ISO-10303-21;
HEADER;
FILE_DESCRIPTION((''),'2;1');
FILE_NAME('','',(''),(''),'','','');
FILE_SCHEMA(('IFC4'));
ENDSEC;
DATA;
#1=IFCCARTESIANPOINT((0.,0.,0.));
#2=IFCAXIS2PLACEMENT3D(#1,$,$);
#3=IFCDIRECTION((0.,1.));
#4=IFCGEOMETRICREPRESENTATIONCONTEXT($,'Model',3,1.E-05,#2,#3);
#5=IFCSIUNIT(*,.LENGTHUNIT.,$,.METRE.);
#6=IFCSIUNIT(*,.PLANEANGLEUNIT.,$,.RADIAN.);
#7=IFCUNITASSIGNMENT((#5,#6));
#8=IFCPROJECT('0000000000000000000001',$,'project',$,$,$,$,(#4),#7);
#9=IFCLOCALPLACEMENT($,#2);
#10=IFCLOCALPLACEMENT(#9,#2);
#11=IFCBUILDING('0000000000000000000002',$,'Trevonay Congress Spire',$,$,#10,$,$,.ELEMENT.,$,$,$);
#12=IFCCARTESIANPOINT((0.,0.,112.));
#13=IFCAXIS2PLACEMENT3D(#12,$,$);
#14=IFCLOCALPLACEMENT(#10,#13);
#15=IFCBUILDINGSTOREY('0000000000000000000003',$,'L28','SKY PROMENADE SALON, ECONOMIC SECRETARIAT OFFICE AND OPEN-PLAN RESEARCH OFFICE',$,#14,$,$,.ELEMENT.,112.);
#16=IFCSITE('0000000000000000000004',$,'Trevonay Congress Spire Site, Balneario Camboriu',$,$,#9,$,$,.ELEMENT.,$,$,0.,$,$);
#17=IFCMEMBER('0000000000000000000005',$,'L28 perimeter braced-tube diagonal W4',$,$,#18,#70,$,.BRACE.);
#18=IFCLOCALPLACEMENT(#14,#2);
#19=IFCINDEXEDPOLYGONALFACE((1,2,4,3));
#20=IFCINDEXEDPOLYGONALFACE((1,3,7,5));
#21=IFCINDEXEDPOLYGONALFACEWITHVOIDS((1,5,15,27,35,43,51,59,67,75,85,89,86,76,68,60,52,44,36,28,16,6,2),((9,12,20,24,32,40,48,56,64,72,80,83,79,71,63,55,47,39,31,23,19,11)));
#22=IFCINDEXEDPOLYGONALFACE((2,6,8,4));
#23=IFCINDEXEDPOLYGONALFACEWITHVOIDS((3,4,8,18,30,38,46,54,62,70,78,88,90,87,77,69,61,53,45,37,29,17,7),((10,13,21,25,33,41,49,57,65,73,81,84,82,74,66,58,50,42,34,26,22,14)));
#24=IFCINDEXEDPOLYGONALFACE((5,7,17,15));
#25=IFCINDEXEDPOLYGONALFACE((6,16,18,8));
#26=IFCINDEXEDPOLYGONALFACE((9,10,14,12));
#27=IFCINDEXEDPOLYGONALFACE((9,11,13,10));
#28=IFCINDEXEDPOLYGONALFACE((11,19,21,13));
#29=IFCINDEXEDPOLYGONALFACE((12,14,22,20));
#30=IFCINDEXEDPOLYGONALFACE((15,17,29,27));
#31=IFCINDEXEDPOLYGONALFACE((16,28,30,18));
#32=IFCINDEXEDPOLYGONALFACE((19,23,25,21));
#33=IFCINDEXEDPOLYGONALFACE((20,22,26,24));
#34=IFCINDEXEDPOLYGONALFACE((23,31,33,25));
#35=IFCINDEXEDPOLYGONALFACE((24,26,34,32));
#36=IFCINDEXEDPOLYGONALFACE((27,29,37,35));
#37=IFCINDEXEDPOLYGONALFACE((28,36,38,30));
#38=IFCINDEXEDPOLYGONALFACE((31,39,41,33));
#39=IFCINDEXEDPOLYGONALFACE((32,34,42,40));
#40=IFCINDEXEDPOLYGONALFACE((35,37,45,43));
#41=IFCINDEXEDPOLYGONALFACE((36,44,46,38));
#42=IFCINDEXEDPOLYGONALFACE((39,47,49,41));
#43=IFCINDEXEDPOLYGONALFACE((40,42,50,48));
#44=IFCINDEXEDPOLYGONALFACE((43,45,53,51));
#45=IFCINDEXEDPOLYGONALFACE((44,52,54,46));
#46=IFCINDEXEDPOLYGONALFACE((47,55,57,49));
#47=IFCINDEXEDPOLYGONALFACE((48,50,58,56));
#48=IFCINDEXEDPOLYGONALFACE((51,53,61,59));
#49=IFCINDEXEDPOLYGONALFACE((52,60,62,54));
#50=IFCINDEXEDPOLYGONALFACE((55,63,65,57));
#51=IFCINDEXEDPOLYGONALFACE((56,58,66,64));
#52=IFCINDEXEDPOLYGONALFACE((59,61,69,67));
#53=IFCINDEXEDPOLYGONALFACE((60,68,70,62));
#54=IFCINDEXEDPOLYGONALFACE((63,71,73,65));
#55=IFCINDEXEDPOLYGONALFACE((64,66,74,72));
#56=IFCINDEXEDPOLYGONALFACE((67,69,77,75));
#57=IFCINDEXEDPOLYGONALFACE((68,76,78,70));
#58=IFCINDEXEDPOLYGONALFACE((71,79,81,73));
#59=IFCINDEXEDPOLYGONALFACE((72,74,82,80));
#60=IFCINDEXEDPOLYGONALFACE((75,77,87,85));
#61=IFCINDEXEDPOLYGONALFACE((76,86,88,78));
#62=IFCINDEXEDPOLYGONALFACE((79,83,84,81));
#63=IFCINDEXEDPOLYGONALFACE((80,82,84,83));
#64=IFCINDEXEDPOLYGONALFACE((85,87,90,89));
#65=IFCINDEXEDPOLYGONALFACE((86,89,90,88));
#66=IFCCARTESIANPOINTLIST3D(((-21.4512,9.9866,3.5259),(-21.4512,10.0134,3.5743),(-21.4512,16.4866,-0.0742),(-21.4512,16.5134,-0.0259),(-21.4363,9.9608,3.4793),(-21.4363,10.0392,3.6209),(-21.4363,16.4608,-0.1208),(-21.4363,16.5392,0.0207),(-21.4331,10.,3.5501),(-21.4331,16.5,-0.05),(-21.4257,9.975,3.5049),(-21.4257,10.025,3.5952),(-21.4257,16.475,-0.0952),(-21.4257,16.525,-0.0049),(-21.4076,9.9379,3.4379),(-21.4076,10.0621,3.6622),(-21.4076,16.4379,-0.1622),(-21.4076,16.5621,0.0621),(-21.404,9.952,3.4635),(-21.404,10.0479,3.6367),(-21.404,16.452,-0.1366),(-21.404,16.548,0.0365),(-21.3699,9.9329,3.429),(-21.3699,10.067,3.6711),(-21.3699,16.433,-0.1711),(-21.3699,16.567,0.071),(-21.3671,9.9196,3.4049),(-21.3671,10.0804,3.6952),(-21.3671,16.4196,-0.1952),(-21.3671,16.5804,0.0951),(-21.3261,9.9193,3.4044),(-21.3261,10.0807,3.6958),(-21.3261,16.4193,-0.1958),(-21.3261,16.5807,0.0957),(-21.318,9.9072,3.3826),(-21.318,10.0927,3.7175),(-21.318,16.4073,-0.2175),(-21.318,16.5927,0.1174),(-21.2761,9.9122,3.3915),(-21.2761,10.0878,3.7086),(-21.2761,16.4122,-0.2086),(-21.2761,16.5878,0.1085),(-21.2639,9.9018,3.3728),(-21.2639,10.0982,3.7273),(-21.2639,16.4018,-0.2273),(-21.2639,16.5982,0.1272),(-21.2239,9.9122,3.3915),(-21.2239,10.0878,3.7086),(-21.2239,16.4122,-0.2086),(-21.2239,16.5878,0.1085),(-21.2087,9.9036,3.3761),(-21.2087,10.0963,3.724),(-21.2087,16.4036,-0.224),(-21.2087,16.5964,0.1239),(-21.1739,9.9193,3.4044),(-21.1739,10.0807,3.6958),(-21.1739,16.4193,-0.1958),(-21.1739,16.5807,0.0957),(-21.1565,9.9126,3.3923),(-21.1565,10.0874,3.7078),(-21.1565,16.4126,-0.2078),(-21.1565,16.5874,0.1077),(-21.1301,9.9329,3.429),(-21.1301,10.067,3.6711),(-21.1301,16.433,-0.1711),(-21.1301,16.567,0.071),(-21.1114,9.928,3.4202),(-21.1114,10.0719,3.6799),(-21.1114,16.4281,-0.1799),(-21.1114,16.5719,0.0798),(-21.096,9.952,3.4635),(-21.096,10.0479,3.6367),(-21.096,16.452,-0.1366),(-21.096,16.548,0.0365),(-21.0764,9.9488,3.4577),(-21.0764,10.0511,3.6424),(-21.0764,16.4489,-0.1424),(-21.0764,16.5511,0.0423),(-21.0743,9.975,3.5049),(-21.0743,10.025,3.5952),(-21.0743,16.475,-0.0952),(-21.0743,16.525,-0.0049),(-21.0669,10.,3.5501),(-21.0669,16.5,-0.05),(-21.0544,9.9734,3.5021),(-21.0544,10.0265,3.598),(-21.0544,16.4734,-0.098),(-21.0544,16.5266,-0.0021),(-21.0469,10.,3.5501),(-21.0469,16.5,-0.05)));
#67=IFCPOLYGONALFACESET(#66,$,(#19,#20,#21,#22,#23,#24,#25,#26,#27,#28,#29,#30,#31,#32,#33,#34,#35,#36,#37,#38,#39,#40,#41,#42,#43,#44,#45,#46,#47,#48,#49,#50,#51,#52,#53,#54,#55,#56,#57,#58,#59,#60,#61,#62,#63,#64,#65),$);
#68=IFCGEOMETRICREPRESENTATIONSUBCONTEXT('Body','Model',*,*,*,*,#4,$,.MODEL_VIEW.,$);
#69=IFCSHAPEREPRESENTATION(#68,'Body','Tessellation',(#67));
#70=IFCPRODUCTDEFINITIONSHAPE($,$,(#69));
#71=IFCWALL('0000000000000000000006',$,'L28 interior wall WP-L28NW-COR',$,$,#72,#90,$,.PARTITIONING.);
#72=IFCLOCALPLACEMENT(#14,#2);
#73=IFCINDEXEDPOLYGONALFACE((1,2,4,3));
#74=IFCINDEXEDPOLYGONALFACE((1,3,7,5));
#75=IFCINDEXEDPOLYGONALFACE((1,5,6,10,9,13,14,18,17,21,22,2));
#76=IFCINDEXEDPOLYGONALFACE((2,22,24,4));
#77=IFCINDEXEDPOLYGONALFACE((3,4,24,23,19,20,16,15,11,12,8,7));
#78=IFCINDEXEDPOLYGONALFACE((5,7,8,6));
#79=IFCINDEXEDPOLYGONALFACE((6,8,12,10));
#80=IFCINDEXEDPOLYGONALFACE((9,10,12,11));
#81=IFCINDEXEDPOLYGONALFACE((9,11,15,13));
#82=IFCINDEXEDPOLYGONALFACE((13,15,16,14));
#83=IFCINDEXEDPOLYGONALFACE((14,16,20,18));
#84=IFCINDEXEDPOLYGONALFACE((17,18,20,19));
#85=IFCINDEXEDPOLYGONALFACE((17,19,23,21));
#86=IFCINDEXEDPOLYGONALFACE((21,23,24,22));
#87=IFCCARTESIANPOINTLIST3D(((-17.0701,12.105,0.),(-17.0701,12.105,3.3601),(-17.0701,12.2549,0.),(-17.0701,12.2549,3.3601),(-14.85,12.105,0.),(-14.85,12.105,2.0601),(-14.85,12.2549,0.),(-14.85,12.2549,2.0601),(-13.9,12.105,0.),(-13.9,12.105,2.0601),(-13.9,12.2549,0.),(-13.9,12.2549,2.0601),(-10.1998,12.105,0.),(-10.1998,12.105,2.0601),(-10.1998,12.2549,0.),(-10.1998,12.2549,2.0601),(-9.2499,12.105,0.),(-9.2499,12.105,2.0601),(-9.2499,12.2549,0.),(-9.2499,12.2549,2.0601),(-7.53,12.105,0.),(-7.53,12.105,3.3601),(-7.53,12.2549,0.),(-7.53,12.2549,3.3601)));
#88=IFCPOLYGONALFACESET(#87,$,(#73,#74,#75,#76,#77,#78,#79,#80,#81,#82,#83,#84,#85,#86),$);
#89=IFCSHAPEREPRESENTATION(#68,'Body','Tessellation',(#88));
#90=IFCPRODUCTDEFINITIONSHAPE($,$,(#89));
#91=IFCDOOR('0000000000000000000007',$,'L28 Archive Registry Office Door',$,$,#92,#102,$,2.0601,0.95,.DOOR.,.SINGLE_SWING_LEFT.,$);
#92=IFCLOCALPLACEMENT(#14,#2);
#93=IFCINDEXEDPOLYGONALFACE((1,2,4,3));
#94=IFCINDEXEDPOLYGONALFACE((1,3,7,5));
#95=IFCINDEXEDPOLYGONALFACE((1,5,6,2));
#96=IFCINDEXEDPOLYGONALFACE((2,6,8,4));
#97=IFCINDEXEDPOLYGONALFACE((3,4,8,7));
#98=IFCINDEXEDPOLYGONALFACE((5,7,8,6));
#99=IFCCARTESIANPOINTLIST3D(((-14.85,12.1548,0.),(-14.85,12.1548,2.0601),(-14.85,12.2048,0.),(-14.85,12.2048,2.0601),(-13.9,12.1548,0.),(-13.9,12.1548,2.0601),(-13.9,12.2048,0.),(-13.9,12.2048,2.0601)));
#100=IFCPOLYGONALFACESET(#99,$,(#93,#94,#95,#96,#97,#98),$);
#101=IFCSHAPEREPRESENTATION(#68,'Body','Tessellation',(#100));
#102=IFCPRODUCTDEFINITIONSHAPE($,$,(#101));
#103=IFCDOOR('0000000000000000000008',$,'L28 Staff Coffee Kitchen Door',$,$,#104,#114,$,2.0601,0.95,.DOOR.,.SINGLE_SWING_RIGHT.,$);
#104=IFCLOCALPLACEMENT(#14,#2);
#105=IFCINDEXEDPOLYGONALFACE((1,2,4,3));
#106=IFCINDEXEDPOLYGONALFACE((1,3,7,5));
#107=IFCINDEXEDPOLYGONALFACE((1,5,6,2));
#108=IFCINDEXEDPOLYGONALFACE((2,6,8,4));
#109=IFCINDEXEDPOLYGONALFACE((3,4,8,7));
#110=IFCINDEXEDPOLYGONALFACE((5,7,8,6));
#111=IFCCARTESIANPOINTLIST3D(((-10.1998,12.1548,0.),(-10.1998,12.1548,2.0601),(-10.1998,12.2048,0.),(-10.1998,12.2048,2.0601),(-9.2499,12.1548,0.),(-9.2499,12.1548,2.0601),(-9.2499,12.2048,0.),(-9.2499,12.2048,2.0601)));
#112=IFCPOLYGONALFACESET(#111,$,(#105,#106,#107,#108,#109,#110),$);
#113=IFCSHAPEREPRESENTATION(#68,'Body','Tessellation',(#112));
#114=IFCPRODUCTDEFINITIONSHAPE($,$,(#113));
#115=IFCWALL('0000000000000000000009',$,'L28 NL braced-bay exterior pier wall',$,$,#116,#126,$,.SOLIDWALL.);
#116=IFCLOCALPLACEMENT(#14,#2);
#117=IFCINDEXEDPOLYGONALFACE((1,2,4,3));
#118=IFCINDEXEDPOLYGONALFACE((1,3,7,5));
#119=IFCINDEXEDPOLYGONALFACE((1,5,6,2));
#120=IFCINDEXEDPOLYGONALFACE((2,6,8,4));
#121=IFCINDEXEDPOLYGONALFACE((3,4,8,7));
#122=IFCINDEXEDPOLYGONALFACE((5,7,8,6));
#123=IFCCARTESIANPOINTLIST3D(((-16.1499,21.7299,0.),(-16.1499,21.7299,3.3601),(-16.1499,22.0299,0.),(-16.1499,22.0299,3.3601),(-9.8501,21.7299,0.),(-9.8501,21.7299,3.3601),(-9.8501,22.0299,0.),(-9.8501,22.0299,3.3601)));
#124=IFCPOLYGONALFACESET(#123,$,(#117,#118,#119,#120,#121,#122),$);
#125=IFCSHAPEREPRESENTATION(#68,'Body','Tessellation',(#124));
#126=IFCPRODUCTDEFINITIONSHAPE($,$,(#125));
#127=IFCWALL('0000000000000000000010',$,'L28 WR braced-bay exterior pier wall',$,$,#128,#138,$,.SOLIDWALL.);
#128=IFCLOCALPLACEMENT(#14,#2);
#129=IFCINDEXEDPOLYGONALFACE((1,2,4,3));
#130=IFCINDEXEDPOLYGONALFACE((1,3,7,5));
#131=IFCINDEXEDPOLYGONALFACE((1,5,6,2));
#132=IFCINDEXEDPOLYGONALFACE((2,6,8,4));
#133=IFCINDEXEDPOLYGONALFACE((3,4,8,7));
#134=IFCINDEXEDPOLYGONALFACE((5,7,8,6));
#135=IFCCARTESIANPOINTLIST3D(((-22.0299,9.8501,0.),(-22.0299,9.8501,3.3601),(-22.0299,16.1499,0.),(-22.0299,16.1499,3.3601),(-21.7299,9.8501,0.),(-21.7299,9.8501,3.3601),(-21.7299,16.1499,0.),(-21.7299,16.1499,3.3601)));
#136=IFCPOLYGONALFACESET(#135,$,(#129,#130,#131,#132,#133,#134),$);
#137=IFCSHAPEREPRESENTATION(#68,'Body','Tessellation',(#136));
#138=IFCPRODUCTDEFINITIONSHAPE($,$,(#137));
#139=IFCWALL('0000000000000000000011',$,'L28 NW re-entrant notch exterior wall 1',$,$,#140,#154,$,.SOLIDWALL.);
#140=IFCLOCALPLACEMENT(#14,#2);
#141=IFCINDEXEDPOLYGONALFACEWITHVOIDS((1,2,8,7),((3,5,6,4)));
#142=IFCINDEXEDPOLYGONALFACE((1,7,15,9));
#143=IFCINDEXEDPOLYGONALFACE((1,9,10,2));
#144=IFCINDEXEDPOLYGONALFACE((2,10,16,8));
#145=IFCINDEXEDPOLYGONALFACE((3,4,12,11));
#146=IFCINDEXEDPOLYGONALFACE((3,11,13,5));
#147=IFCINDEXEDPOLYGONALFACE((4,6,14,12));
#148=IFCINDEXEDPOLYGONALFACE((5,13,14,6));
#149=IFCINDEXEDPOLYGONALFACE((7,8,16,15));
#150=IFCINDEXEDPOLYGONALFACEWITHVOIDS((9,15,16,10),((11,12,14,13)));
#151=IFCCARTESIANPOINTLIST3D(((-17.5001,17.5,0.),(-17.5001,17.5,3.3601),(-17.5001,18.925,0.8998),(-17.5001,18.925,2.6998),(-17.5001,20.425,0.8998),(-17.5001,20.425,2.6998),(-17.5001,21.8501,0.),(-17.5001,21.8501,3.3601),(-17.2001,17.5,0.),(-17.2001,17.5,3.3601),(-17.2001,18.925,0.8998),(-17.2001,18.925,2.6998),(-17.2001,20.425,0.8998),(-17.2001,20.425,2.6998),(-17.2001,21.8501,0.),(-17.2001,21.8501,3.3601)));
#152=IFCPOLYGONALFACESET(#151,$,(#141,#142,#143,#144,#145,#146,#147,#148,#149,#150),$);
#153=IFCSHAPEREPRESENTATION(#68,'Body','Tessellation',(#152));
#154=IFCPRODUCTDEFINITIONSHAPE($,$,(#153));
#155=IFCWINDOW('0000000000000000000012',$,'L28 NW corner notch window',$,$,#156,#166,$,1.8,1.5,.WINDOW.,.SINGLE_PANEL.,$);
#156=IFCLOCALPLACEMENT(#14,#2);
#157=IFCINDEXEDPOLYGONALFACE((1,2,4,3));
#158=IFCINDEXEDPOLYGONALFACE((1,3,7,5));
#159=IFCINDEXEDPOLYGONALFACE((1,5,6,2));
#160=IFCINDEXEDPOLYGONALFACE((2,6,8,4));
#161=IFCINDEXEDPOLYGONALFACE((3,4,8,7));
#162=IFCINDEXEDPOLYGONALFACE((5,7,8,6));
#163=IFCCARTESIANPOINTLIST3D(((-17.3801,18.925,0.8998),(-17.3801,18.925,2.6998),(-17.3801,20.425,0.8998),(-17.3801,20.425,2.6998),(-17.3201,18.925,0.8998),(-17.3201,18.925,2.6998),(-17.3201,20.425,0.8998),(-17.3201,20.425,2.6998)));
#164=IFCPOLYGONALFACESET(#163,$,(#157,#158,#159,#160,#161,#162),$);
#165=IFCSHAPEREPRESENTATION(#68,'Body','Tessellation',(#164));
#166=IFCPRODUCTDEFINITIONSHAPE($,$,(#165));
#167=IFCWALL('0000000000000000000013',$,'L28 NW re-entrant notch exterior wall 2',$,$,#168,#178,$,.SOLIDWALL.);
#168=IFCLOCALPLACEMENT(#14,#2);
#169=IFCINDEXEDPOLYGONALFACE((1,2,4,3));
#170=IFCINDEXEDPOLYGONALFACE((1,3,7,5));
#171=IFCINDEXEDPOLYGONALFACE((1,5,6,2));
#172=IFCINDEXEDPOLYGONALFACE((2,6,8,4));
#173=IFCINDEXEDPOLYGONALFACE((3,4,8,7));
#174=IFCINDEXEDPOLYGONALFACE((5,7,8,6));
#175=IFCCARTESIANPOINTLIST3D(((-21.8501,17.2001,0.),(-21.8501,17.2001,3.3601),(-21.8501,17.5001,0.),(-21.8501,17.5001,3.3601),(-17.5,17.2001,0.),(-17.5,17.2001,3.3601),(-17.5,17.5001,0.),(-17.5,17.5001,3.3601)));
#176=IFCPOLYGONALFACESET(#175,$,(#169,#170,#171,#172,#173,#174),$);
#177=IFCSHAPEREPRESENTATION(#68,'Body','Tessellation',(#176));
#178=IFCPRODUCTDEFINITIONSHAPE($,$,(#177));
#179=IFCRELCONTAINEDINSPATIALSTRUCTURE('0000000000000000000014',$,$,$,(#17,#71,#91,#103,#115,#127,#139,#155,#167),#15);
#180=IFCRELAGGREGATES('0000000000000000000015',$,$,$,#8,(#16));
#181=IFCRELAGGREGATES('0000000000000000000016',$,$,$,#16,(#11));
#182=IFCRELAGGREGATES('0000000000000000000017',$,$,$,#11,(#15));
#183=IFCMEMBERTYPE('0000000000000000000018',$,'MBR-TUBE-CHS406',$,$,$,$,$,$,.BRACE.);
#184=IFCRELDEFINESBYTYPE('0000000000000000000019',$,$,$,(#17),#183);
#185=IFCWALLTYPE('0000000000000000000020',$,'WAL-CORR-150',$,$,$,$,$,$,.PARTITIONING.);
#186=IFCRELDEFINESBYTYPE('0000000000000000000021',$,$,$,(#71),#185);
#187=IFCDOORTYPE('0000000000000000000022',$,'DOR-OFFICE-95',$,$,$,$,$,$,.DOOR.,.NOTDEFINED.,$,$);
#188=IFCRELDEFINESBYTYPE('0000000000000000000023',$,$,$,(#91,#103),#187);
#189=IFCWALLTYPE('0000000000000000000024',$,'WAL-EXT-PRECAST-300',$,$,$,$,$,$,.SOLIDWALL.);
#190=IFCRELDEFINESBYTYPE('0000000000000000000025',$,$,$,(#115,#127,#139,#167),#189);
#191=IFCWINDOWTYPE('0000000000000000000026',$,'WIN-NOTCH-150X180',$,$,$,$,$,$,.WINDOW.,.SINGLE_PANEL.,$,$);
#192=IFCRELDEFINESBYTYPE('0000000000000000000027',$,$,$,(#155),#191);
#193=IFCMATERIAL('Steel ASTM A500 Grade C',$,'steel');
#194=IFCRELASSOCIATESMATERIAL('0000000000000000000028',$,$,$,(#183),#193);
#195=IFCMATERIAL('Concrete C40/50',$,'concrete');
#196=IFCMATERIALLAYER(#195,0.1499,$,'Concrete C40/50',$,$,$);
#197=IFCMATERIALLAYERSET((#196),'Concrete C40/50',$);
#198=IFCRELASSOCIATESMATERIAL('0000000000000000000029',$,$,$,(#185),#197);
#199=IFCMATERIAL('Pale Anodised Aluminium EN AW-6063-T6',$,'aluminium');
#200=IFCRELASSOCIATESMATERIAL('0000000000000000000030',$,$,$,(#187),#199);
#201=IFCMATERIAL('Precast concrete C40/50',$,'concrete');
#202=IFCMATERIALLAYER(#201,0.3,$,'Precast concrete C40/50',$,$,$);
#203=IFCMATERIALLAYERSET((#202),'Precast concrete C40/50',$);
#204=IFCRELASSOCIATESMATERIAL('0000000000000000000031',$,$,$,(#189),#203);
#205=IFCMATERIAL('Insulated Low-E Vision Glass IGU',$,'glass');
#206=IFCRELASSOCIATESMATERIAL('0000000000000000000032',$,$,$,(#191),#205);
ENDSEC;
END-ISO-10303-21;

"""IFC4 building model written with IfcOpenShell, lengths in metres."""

from ifc_helpers import new_model, si_unit, direction, frame, frame_2d, origin, origin_2d, place, context, subcontext, project, spatial, rectangle, hollow_circle, extrude, material, layer, layer_set, material_profile, profile_set, type_object, element, fill, save


model = new_model("IFC4")

# Units and contexts
model_context = context("Model", 3, precision=1e-05, world=origin(), true_north=direction((0.0, 1.0)))
body_context = subcontext(model_context, "Body", "Model", "MODEL_VIEW")
ifc_project = project(units=[si_unit("LENGTHUNIT", "METRE"), si_unit("PLANEANGLEUNIT", "RADIAN")], contexts=[model_context])

# Site, building, storey
site_placement = place(None, origin())
site = spatial("IfcSite", under=ifc_project, at=site_placement, Name="Trevonay Congress Spire Site, Balneario Camboriu", CompositionType="ELEMENT", RefElevation=0.0)
building_placement = place(site_placement, origin())
building = spatial("IfcBuilding", under=site, at=building_placement, Name="Trevonay Congress Spire", CompositionType="ELEMENT")
storey_placement = place(building_placement, frame((0.0, 0.0, 112.0)))
storey = spatial("IfcBuildingStorey", under=building, at=storey_placement, Name="L28", Description="SKY PROMENADE SALON, ECONOMIC SECRETARIAT OFFICE AND OPEN-PLAN RESEARCH OFFICE", CompositionType="ELEMENT", Elevation=112.0)

# Shared definitions
ifc_material_1 = material(Name="Pale Anodised Aluminium EN AW-6063-T6", Category="aluminium")

# Member
ifc_material_2 = material(Name="Steel ASTM A500 Grade C", Category="steel")
ifc_material_profile_1 = material_profile(ifc_material_2, hollow_circle(Radius=0.2031, WallThickness=0.02, at=origin_2d()), Name="CHS 406.4x20")
ifc_profile_set_1 = profile_set([ifc_material_profile_1], Name="Steel ASTM A500 Grade C")
member_type_1 = type_object("IfcMemberType", Name="MBR-TUBE-CHS406", PredefinedType="BRACE", material=ifc_profile_set_1)
for number, where, z_axis, x_axis, name in (
    (1, (-21.25, 16.5, -0.05), (0.0, -0.874786, 0.48451), (1.0, 0.0, 0.0), "L28 perimeter braced-tube diagonal W4"),
):
    element("IfcMember", number, at=place(storey_placement, frame(where, z_axis=z_axis, x_axis=x_axis)), inside=storey, type_object=member_type_1, Name=name, PredefinedType="BRACE", context=body_context, shape_type="SweptSolid", body=[
        extrude(hollow_circle(Radius=0.2031, WallThickness=0.02, at=origin_2d()), origin(), (0.0, 0.0, 1.0), 7.4304),
    ])

# Wall, openings, doors
ifc_material_3 = material(Name="Concrete C40/50", Category="concrete")
ifc_layer_1 = layer(ifc_material_3, 0.1499, Name="Concrete C40/50")
ifc_layer_set_1 = layer_set([ifc_layer_1], Name="Concrete C40/50")
wall_type_1 = type_object("IfcWallType", Name="WAL-CORR-150", PredefinedType="PARTITIONING", material=ifc_layer_set_1)
wall_1_placement = place(storey_placement, frame((-17.0701, 12.1799, 0.0), z_axis=(0.0, 0.0, 1.0), x_axis=(1.0, 0.0, 0.0)))
wall_1 = element("IfcWall", 2, at=wall_1_placement, inside=storey, type_object=wall_type_1, Name="L28 interior wall WP-L28NW-COR", PredefinedType="PARTITIONING", context=body_context, shape_type="SweptSolid", body=[
    extrude(rectangle(XDim=9.54, YDim=0.1499, at=frame_2d((4.77, 0.0))), origin(), (0.0, 0.0, 1.0), 3.3601),
])
opening_1_placement = place(wall_1_placement, frame((2.22, 0.0, 0.0)))
opening_1 = element("IfcOpeningElement", 3, at=opening_1_placement, cuts=wall_1, PredefinedType="OPENING", context=body_context, shape_type="SweptSolid", body=[
    extrude(rectangle(XDim=0.95, YDim=2.0601, at=frame_2d((0.4751, 1.03))), frame((0.0, 0.085, 0.0), z_axis=(0.0, -1.0, 0.0), x_axis=(1.0, 0.0, 0.0)), (0.0, 0.0, 1.0), 0.1699),
])
opening_2_placement = place(wall_1_placement, frame((6.8701, 0.0, 0.0)))
opening_2 = element("IfcOpeningElement", 4, at=opening_2_placement, cuts=wall_1, PredefinedType="OPENING", context=body_context, shape_type="SweptSolid", body=[
    extrude(rectangle(XDim=0.95, YDim=2.0601, at=frame_2d((0.4751, 1.03))), frame((0.0, 0.085, 0.0), z_axis=(0.0, -1.0, 0.0), x_axis=(1.0, 0.0, 0.0)), (0.0, 0.0, 1.0), 0.1699),
])
door_type = type_object("IfcDoorType", Name="DOR-OFFICE-95", OperationType="NOTDEFINED", PredefinedType="DOOR", material=ifc_material_1)
door_1_placement = place(opening_1_placement, origin())
door_1 = element("IfcDoor", 5, at=door_1_placement, inside=storey, type_object=door_type, Name="L28 Archive Registry Office Door", OperationType="SINGLE_SWING_LEFT", OverallHeight=2.0601, OverallWidth=0.95, PredefinedType="DOOR", context=body_context, shape_type="SweptSolid", body=[
    extrude(rectangle(XDim=0.95, YDim=2.0601, at=frame_2d((0.4751, 1.03))), frame((0.0, 0.0249, 0.0), z_axis=(0.0, -1.0, 0.0), x_axis=(1.0, 0.0, 0.0)), (0.0, 0.0, 1.0), 0.05),
])
fill(opening_1, door_1)
door_2_placement = place(opening_2_placement, origin())
door_2 = element("IfcDoor", 6, at=door_2_placement, inside=storey, type_object=door_type, Name="L28 Staff Coffee Kitchen Door", OperationType="SINGLE_SWING_RIGHT", OverallHeight=2.0601, OverallWidth=0.95, PredefinedType="DOOR", context=body_context, shape_type="SweptSolid", body=[
    extrude(rectangle(XDim=0.95, YDim=2.0601, at=frame_2d((0.4751, 1.03))), frame((0.0, 0.0249, 0.0), z_axis=(0.0, -1.0, 0.0), x_axis=(1.0, 0.0, 0.0)), (0.0, 0.0, 1.0), 0.05),
])
fill(opening_2, door_2)

# Walls
ifc_material_4 = material(Name="Precast concrete C40/50", Category="concrete")
ifc_layer_2 = layer(ifc_material_4, 0.3, Name="Precast concrete C40/50")
ifc_layer_set_2 = layer_set([ifc_layer_2], Name="Precast concrete C40/50")
wall_type_2 = type_object("IfcWallType", Name="WAL-EXT-PRECAST-300", PredefinedType="SOLIDWALL", material=ifc_layer_set_2)
for number, where, z_axis, x_axis, name in (
    (7, (-16.1499, 21.8799, 0.0), (0.0, 0.0, 1.0), (1.0, 0.0, 0.0), "L28 NL braced-bay exterior pier wall"),
    (8, (-21.8799, 9.8501, 0.0), (0.0, 0.0, 1.0), (0.0, 1.0, 0.0), "L28 WR braced-bay exterior pier wall"),
):
    element("IfcWall", number, at=place(storey_placement, frame(where, z_axis=z_axis, x_axis=x_axis)), inside=storey, type_object=wall_type_2, Name=name, PredefinedType="SOLIDWALL", context=body_context, shape_type="SweptSolid", body=[
        extrude(rectangle(XDim=6.2998, YDim=0.3, at=frame_2d((3.1499, 0.0))), origin(), (0.0, 0.0, 1.0), 3.3601),
    ])

# Wall, opening, window
wall_2_placement = place(storey_placement, frame((-17.3501, 21.8501, 0.0), z_axis=(0.0, 0.0, 1.0), x_axis=(0.0, -1.0, 0.0)))
wall_2 = element("IfcWall", 9, at=wall_2_placement, inside=storey, type_object=wall_type_2, Name="L28 NW re-entrant notch exterior wall 1", PredefinedType="SOLIDWALL", context=body_context, shape_type="SweptSolid", body=[
    extrude(rectangle(XDim=4.3501, YDim=0.3, at=frame_2d((2.175, 0.0))), origin(), (0.0, 0.0, 1.0), 3.3601),
])
opening_3_placement = place(wall_2_placement, frame((1.425, 0.0, 0.8999)))
opening_3 = element("IfcOpeningElement", 10, at=opening_3_placement, cuts=wall_2, PredefinedType="OPENING", context=body_context, shape_type="SweptSolid", body=[
    extrude(rectangle(XDim=1.5, YDim=1.8, at=frame_2d((0.75, 0.8999))), frame((0.0, 0.1602, 0.0), z_axis=(0.0, -1.0, 0.0), x_axis=(1.0, 0.0, 0.0)), (0.0, 0.0, 1.0), 0.3201),
])
ifc_material_5 = material(Name="Insulated Low-E Vision Glass IGU", Category="glass")
window_type = type_object("IfcWindowType", Name="WIN-NOTCH-150X180", PartitioningType="SINGLE_PANEL", PredefinedType="WINDOW", material=ifc_material_5)
window_placement = place(opening_3_placement, origin())
window = element("IfcWindow", 11, at=window_placement, inside=storey, type_object=window_type, Name="L28 NW corner notch window", OverallHeight=1.8, OverallWidth=1.5, PartitioningType="SINGLE_PANEL", PredefinedType="WINDOW", context=body_context, shape_type="SweptSolid", body=[
    extrude(rectangle(XDim=1.5, YDim=1.8, at=frame_2d((0.75, 0.8999))), frame((0.0, 0.03, 0.0), z_axis=(0.0, -1.0, 0.0), x_axis=(1.0, 0.0, 0.0)), (0.0, 0.0, 1.0), 0.0601),
])
fill(opening_3, window)

# Wall
wall_3_placement = place(storey_placement, frame((-21.8501, 17.3501, 0.0), z_axis=(0.0, 0.0, 1.0), x_axis=(1.0, 0.0, 0.0)))
element("IfcWall", 12, at=wall_3_placement, inside=storey, type_object=wall_type_2, Name="L28 NW re-entrant notch exterior wall 2", PredefinedType="SOLIDWALL", context=body_context, shape_type="SweptSolid", body=[
    extrude(rectangle(XDim=4.3501, YDim=0.3, at=frame_2d((2.175, 0.0))), origin(), (0.0, 0.0, 1.0), 3.3601),
])

save(model, "model.ifc")
